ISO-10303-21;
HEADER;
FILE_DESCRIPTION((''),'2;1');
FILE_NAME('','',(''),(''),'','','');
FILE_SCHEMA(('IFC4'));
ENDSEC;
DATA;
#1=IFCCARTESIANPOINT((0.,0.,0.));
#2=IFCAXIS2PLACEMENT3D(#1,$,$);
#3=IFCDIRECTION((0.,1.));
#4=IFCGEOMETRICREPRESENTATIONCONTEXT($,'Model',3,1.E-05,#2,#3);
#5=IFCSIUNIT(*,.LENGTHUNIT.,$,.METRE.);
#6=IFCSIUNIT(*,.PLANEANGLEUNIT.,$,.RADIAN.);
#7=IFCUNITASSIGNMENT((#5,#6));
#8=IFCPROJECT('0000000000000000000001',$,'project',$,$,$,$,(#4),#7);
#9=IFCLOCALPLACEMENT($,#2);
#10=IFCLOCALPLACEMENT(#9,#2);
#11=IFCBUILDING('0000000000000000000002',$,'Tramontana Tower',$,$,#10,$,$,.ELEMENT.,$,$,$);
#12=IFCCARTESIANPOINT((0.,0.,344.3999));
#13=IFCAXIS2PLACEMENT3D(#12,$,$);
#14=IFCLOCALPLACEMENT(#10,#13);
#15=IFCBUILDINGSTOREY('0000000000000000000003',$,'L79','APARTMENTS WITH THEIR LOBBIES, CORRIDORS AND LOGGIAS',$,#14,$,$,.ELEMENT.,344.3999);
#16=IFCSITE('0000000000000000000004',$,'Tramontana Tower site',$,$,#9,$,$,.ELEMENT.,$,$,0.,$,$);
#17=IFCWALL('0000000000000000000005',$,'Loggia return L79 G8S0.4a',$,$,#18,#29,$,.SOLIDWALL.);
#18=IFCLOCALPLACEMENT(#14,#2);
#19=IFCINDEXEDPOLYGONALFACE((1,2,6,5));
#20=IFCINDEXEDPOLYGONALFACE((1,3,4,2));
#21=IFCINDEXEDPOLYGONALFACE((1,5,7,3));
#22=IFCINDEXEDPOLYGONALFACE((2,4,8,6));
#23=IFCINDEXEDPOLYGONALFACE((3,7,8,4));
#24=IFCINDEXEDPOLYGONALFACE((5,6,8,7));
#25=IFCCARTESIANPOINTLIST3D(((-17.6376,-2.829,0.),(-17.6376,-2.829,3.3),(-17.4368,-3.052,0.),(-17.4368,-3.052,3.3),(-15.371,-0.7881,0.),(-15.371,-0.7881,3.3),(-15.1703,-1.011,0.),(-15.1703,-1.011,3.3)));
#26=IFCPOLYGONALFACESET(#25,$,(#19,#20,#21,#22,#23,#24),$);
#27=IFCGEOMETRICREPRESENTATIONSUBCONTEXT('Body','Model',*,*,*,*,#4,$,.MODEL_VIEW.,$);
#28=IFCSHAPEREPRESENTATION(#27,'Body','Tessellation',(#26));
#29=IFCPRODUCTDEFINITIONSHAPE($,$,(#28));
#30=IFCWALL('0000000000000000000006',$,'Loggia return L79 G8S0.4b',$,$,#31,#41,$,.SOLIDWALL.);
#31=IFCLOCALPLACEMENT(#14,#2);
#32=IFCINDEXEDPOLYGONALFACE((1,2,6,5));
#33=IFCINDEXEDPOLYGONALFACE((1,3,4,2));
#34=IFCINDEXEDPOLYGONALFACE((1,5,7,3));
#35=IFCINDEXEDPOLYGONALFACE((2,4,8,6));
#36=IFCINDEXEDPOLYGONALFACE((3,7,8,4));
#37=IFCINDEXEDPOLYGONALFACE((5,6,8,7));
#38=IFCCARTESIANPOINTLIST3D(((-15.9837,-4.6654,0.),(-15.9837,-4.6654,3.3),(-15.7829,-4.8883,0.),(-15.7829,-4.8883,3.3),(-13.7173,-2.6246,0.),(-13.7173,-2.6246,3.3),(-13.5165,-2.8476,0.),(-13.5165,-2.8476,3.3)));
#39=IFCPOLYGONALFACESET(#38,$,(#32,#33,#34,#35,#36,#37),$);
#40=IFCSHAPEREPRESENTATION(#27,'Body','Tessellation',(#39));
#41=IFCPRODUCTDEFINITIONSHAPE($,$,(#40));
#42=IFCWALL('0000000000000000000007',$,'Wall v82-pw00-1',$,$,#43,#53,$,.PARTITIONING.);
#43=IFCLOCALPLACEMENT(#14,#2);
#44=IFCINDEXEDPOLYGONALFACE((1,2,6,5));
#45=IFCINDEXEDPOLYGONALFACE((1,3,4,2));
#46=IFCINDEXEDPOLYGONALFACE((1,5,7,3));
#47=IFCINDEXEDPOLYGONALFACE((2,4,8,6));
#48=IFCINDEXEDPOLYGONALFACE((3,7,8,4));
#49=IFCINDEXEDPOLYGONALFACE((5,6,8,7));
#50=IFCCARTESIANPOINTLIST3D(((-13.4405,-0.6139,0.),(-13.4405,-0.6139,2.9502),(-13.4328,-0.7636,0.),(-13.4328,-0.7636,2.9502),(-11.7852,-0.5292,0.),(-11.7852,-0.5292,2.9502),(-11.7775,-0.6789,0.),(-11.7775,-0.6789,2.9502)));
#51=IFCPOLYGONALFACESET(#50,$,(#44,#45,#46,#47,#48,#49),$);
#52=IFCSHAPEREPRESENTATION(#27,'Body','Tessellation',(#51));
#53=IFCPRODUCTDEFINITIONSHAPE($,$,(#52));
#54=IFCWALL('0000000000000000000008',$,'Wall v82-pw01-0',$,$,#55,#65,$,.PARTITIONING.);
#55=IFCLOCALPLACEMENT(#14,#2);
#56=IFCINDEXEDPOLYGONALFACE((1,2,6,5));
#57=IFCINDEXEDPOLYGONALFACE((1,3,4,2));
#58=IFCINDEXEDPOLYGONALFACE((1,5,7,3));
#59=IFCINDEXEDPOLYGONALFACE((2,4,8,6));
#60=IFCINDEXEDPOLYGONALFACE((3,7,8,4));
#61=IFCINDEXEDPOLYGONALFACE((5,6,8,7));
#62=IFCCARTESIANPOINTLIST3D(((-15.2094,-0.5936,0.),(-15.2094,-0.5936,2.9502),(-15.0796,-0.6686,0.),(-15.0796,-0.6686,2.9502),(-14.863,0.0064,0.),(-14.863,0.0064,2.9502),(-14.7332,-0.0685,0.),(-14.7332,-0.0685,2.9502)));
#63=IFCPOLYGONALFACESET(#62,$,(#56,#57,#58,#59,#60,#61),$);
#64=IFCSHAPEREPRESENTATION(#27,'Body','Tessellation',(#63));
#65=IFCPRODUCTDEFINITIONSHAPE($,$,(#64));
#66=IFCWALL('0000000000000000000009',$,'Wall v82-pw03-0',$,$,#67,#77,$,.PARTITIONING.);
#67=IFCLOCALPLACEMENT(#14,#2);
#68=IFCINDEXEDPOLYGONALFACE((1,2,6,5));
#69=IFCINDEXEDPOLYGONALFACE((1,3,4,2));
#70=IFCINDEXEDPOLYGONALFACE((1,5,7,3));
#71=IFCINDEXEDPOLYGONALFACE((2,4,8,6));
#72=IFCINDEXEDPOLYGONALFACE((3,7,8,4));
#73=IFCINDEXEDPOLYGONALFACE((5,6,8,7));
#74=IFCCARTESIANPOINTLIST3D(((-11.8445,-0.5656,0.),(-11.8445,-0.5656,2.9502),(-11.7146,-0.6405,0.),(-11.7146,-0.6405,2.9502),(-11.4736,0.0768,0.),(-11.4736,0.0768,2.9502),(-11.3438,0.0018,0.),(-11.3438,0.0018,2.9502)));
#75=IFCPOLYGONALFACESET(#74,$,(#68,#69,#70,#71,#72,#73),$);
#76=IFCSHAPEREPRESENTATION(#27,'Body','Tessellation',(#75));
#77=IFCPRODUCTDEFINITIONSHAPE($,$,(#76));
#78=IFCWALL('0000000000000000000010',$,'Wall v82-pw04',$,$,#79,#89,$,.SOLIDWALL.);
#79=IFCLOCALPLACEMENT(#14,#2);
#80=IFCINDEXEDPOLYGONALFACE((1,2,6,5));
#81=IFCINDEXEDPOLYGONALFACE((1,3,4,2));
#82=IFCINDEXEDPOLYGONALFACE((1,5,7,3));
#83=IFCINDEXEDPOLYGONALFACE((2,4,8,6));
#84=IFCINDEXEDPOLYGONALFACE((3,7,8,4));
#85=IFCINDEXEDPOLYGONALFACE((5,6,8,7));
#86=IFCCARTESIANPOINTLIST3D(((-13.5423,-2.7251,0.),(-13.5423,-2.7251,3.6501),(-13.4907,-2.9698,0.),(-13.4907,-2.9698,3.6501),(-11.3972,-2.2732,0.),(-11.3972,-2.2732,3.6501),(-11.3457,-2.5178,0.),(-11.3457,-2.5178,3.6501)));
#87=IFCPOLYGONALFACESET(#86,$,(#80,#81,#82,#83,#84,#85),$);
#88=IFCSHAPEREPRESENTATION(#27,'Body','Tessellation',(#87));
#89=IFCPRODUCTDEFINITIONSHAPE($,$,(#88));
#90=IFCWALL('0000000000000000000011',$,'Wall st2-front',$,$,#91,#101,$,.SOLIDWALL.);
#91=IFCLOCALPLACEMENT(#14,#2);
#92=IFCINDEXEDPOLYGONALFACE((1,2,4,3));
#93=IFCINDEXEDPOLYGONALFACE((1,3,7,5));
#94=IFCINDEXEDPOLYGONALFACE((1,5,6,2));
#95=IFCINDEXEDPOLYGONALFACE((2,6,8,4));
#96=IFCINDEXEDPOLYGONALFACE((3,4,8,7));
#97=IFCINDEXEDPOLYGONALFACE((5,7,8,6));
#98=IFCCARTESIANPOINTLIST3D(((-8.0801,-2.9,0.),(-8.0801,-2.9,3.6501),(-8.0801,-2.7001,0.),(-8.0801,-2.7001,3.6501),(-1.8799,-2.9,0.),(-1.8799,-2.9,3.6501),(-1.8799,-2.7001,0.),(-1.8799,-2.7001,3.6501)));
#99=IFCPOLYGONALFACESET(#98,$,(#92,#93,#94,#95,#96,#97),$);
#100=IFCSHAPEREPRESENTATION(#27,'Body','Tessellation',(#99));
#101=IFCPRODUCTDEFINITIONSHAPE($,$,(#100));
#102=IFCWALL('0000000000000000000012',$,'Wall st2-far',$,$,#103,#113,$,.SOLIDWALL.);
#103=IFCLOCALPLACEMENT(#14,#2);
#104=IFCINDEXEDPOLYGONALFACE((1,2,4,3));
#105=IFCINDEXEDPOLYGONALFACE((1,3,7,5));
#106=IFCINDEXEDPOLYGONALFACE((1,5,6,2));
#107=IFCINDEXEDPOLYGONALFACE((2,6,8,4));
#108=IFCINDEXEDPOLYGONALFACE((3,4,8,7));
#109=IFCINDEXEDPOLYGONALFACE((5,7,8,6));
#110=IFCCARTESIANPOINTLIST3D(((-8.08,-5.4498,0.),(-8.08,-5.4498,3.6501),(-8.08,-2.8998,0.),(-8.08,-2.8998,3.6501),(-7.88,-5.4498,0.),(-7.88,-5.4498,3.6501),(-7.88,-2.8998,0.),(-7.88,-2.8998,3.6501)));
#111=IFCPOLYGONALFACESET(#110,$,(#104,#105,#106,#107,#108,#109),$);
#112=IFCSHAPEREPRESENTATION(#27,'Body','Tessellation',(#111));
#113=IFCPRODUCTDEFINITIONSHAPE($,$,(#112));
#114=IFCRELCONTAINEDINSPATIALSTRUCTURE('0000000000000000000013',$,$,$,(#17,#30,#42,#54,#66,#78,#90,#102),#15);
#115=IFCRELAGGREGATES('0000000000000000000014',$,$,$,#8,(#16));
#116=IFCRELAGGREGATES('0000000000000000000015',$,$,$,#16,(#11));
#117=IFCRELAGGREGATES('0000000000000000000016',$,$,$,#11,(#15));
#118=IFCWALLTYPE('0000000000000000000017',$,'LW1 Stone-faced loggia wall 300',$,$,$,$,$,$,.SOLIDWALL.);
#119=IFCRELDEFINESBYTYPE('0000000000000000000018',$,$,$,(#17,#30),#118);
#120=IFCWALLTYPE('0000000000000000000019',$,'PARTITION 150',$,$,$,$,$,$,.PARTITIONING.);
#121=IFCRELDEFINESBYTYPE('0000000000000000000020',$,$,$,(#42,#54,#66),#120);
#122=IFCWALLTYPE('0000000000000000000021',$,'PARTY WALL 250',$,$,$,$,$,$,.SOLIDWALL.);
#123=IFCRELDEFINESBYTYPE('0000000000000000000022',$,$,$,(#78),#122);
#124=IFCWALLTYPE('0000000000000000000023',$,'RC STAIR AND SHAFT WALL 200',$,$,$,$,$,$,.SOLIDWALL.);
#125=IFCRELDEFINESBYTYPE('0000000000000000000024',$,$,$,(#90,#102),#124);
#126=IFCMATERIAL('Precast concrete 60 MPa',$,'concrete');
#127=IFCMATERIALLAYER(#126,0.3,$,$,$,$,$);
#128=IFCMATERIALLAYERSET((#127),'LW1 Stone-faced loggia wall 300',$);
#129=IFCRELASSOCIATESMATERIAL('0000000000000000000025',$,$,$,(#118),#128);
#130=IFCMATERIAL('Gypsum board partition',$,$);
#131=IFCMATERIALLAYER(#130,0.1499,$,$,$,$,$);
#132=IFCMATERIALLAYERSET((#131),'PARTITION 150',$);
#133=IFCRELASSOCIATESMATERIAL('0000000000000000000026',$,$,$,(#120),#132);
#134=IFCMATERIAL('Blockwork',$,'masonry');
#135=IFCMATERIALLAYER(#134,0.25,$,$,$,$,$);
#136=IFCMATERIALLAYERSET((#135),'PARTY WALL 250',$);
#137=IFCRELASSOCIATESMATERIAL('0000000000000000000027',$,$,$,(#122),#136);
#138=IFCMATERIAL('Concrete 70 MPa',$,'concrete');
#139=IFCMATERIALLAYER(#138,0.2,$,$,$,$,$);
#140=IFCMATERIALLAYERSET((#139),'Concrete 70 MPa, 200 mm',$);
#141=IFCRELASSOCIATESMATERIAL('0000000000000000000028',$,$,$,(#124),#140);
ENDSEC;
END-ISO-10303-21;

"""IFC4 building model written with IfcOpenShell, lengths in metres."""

from ifc_helpers import new_model, si_unit, direction, frame, frame_2d, origin, place, context, subcontext, project, spatial, rectangle, extrude, material, layer, layer_set, type_object, element, save


model = new_model("IFC4")

# Units and contexts
model_context = context("Model", 3, precision=1e-05, world=origin(), true_north=direction((0.0, 1.0)))
body_context = subcontext(model_context, "Body", "Model", "MODEL_VIEW")
ifc_project = project(units=[si_unit("LENGTHUNIT", "METRE"), si_unit("PLANEANGLEUNIT", "RADIAN")], contexts=[model_context])

# Site, building, storey
site_placement = place(None, origin())
site = spatial("IfcSite", under=ifc_project, at=site_placement, Name="Tramontana Tower site", CompositionType="ELEMENT", RefElevation=0.0)
building_placement = place(site_placement, origin())
building = spatial("IfcBuilding", under=site, at=building_placement, Name="Tramontana Tower", CompositionType="ELEMENT")
storey_placement = place(building_placement, frame((0.0, 0.0, 344.3999)))
storey = spatial("IfcBuildingStorey", under=building, at=storey_placement, Name="L79", Description="APARTMENTS WITH THEIR LOBBIES, CORRIDORS AND LOGGIAS", CompositionType="ELEMENT", Elevation=344.3999)

# Shared definitions
ifc_material_1 = material(Name="Precast concrete 60 MPa", Category="concrete")
ifc_layer_1 = layer(ifc_material_1, 0.3)
ifc_layer_set_1 = layer_set([ifc_layer_1], Name="LW1 Stone-faced loggia wall 300")
wall_type_1 = type_object("IfcWallType", Name="LW1 Stone-faced loggia wall 300", PredefinedType="SOLIDWALL", material=ifc_layer_set_1)

# Walls
wall_1_placement = place(storey_placement, frame((-17.5371, -2.9404, 0.0), z_axis=(0.0, 0.0, 1.0), x_axis=(0.743119, 0.669159, 0.0)))
element("IfcWall", 1, at=wall_1_placement, inside=storey, type_object=wall_type_1, Name="Loggia return L79 G8S0.4a", PredefinedType="SOLIDWALL", context=body_context, shape_type="SweptSolid", body=[
    extrude(rectangle(XDim=3.05, YDim=0.3, at=frame_2d((1.5249, 0.0))), origin(), (0.0, 0.0, 1.0), 3.3),
])
wall_2_placement = place(storey_placement, frame((-15.8833, -4.7769, 0.0), z_axis=(0.0, 0.0, 1.0), x_axis=(0.743123, 0.669155, 0.0)))
element("IfcWall", 2, at=wall_2_placement, inside=storey, type_object=wall_type_1, Name="Loggia return L79 G8S0.4b", PredefinedType="SOLIDWALL", context=body_context, shape_type="SweptSolid", body=[
    extrude(rectangle(XDim=3.0498, YDim=0.3, at=frame_2d((1.5249, 0.0))), origin(), (0.0, 0.0, 1.0), 3.3),
])

# Shared definitions
ifc_material_2 = material(Name="Gypsum board partition")
ifc_layer_2 = layer(ifc_material_2, 0.1499)
ifc_layer_set_2 = layer_set([ifc_layer_2], Name="PARTITION 150")
wall_type_2 = type_object("IfcWallType", Name="PARTITION 150", PredefinedType="PARTITIONING", material=ifc_layer_set_2)

# Walls
wall_3_placement = place(storey_placement, frame((-13.4365, -0.6887, 0.0), z_axis=(0.0, 0.0, 1.0), x_axis=(0.998693, 0.051113, 0.0)))
element("IfcWall", 3, at=wall_3_placement, inside=storey, type_object=wall_type_2, Name="Wall v82-pw00-1", PredefinedType="PARTITIONING", context=body_context, shape_type="SweptSolid", body=[
    extrude(rectangle(XDim=1.6575, YDim=0.1499, at=frame_2d((0.8286, 0.0))), origin(), (0.0, 0.0, 1.0), 2.9502),
])
wall_4_placement = place(storey_placement, frame((-15.1445, -0.6311, 0.0), z_axis=(0.0, 0.0, 1.0), x_axis=(0.499966, 0.866045, 0.0)))
element("IfcWall", 4, at=wall_4_placement, inside=storey, type_object=wall_type_2, Name="Wall v82-pw01-0", PredefinedType="PARTITIONING", context=body_context, shape_type="SweptSolid", body=[
    extrude(rectangle(XDim=0.6929, YDim=0.1499, at=frame_2d((0.3464, 0.0))), origin(), (0.0, 0.0, 1.0), 2.9502),
])
wall_5_placement = place(storey_placement, frame((-11.7795, -0.603, 0.0), z_axis=(0.0, 0.0, 1.0), x_axis=(0.499998, 0.866027, 0.0)))
element("IfcWall", 5, at=wall_5_placement, inside=storey, type_object=wall_type_2, Name="Wall v82-pw03-0", PredefinedType="PARTITIONING", context=body_context, shape_type="SweptSolid", body=[
    extrude(rectangle(XDim=0.7417, YDim=0.1499, at=frame_2d((0.3708, 0.0))), origin(), (0.0, 0.0, 1.0), 2.9502),
])
ifc_material_3 = material(Name="Blockwork", Category="masonry")
ifc_layer_3 = layer(ifc_material_3, 0.25)
ifc_layer_set_3 = layer_set([ifc_layer_3], Name="PARTY WALL 250")
wall_type_3 = type_object("IfcWallType", Name="PARTY WALL 250", PredefinedType="SOLIDWALL", material=ifc_layer_set_3)
wall_6_placement = place(storey_placement, frame((-11.3713, -2.3955, 0.0), z_axis=(0.0, 0.0, 1.0), x_axis=(-0.97852, -0.206151, 0.0)))
element("IfcWall", 6, at=wall_6_placement, inside=storey, type_object=wall_type_3, Name="Wall v82-pw04", PredefinedType="SOLIDWALL", context=body_context, shape_type="SweptSolid", body=[
    extrude(rectangle(XDim=2.1921, YDim=0.25, at=frame_2d((1.0962, 0.0))), origin(), (0.0, 0.0, 1.0), 3.6501),
])
ifc_material_4 = material(Name="Concrete 70 MPa", Category="concrete")
ifc_layer_4 = layer(ifc_material_4, 0.2)
ifc_layer_set_4 = layer_set([ifc_layer_4], Name="Concrete 70 MPa, 200 mm")
wall_type_4 = type_object("IfcWallType", Name="RC STAIR AND SHAFT WALL 200", PredefinedType="SOLIDWALL", material=ifc_layer_set_4)
wall_7_placement = place(storey_placement, frame((-8.0801, -2.8, 0.0), z_axis=(0.0, 0.0, 1.0), x_axis=(1.0, 0.0, 0.0)))
element("IfcWall", 7, at=wall_7_placement, inside=storey, type_object=wall_type_4, Name="Wall st2-front", PredefinedType="SOLIDWALL", context=body_context, shape_type="SweptSolid", body=[
    extrude(rectangle(XDim=6.2002, YDim=0.2, at=frame_2d((3.1001, 0.0))), origin(), (0.0, 0.0, 1.0), 3.6501),
])
wall_8_placement = place(storey_placement, frame((-7.98, -2.8999, 0.0), z_axis=(0.0, 0.0, 1.0), x_axis=(0.0, -1.0, 0.0)))
element("IfcWall", 8, at=wall_8_placement, inside=storey, type_object=wall_type_4, Name="Wall st2-far", PredefinedType="SOLIDWALL", context=body_context, shape_type="SweptSolid", body=[
    extrude(rectangle(XDim=2.55, YDim=0.2, at=frame_2d((1.2749, 0.0))), origin(), (0.0, 0.0, 1.0), 3.6501),
])

save(model, "model.ifc")
